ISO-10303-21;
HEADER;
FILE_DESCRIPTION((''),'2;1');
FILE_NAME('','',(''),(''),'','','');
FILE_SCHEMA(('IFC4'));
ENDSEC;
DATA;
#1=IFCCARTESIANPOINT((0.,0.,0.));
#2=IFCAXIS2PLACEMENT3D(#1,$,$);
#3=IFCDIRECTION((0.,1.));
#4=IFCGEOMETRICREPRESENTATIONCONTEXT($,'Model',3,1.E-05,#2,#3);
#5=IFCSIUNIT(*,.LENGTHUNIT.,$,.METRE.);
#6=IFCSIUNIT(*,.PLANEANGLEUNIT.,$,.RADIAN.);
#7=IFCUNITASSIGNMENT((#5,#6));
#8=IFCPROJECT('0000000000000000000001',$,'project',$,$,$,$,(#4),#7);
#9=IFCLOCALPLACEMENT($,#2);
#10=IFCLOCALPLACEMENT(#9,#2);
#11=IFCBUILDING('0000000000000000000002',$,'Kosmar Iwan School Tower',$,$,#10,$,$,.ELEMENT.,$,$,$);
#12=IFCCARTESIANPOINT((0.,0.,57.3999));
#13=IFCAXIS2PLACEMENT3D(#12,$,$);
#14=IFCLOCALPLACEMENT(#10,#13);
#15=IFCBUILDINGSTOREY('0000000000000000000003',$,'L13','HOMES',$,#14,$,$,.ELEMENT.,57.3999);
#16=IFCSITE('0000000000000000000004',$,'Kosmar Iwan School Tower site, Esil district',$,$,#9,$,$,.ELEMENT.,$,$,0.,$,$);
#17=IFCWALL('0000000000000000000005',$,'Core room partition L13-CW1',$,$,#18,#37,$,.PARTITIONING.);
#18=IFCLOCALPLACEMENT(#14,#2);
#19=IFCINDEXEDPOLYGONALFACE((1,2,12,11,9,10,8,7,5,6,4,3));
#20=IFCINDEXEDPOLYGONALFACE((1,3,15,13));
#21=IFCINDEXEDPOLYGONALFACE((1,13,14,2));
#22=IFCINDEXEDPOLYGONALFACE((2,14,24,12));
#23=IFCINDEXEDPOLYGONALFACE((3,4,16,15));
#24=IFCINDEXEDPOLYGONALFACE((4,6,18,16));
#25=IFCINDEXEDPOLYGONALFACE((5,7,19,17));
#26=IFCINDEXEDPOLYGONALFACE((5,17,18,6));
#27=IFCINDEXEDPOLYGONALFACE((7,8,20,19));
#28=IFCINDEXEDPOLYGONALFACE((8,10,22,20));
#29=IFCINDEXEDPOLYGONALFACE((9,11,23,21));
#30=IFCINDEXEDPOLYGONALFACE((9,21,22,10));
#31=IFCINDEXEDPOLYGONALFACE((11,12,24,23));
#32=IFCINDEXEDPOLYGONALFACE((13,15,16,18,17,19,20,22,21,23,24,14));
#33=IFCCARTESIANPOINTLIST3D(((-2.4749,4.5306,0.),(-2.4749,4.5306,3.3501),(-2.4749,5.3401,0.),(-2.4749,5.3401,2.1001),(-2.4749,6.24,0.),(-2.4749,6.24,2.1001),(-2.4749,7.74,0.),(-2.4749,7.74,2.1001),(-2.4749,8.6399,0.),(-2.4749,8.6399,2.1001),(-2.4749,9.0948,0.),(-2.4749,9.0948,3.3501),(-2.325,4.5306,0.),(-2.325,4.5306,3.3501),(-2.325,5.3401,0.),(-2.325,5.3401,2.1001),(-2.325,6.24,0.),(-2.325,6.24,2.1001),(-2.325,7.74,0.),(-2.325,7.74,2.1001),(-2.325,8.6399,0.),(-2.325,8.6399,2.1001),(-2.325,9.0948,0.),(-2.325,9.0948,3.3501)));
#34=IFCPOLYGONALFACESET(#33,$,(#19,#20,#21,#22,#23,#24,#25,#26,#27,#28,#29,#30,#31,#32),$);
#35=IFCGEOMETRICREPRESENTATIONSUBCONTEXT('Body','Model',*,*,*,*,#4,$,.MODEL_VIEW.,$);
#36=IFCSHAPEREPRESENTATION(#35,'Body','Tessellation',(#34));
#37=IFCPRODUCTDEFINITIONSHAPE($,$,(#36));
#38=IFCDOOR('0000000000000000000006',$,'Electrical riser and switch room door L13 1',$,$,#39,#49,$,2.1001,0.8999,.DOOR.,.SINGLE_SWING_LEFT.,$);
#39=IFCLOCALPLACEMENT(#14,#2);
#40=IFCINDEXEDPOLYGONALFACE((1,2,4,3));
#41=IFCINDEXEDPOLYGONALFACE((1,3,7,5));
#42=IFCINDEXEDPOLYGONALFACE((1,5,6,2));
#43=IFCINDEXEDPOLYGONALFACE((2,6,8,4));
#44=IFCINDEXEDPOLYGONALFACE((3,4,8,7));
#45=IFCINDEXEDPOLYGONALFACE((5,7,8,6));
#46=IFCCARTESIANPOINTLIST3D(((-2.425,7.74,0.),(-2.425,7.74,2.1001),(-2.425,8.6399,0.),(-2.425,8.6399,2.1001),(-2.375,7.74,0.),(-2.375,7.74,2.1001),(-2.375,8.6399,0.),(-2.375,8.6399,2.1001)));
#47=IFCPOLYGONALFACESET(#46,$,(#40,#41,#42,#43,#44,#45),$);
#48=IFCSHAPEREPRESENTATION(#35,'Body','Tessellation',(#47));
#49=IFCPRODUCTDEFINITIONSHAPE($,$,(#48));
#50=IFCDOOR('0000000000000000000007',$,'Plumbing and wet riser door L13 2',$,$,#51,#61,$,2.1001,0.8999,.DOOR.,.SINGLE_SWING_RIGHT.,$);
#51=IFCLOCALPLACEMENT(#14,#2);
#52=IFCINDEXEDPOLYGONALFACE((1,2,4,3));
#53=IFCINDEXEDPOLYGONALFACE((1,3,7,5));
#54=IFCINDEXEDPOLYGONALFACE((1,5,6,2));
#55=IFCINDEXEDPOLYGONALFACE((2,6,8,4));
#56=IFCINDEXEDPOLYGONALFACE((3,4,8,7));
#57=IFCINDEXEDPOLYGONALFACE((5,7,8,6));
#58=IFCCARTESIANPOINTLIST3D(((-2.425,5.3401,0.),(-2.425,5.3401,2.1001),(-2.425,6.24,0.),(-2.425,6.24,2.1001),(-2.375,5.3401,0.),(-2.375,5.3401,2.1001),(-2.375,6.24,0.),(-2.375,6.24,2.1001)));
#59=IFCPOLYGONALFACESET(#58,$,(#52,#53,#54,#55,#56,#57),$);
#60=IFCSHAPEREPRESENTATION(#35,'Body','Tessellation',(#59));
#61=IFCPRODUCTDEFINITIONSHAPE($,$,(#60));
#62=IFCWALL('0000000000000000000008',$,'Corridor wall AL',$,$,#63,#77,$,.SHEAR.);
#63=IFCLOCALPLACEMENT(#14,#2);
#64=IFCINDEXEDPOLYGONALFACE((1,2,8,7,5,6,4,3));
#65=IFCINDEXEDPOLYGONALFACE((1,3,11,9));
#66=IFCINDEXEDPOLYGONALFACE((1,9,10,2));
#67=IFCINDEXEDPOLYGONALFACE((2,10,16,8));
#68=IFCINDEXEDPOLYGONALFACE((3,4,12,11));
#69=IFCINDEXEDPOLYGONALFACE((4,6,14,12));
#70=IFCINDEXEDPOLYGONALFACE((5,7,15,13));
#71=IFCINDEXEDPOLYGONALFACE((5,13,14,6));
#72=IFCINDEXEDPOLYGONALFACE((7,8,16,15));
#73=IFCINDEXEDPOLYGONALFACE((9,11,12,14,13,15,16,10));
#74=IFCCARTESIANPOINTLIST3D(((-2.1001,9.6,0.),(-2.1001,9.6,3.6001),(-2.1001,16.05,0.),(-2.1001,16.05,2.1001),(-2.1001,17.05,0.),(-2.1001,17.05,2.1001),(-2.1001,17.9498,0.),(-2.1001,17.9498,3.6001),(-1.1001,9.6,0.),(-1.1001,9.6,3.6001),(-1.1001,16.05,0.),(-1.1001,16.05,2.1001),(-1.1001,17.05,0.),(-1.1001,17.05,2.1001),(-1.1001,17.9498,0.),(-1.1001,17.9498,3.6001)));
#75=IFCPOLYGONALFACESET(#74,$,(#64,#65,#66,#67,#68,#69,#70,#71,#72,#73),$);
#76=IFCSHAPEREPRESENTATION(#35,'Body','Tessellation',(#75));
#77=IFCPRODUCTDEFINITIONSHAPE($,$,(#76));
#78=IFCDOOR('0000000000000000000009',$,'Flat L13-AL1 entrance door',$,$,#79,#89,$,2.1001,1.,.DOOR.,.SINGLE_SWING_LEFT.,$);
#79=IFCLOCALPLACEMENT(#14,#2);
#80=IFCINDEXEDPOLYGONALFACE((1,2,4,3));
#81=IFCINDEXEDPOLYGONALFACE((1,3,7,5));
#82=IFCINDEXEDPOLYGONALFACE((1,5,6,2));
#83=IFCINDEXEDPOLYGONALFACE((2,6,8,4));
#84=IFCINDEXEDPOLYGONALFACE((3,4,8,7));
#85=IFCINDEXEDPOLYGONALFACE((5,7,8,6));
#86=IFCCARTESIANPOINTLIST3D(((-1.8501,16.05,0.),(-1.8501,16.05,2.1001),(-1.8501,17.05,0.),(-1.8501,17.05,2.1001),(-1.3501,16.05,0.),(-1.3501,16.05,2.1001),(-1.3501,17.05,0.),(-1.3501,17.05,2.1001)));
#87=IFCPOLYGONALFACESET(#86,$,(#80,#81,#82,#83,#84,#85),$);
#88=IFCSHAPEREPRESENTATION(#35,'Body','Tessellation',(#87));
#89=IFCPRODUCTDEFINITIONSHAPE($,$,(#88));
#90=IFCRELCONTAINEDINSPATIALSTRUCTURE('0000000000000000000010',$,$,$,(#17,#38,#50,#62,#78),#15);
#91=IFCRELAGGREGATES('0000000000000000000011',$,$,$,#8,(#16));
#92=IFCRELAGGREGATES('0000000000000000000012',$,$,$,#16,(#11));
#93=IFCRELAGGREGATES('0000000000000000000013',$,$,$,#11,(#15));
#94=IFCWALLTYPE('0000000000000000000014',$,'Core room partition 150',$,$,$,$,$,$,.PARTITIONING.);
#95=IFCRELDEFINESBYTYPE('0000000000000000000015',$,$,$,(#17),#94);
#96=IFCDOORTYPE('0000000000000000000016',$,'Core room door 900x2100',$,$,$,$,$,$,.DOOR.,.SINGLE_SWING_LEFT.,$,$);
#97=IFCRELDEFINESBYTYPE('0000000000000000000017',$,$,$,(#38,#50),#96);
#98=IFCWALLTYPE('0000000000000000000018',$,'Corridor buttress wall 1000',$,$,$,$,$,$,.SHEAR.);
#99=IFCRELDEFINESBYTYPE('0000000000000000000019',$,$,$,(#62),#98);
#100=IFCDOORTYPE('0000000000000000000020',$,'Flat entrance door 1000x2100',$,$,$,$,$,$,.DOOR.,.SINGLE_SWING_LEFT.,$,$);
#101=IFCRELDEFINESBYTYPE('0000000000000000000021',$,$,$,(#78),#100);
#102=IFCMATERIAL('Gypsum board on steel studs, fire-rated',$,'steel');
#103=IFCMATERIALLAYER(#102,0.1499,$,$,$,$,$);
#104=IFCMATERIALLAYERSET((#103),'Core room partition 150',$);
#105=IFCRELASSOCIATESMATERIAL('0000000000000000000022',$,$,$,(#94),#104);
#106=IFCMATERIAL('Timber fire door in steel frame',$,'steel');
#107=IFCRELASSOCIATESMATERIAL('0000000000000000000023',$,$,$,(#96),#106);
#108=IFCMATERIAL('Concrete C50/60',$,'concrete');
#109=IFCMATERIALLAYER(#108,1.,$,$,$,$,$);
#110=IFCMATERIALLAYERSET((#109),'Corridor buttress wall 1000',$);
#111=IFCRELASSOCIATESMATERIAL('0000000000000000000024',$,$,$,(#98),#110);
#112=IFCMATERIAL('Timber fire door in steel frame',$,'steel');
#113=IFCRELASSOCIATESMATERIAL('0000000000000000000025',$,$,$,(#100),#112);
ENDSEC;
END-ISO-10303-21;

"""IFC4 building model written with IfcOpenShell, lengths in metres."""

from ifc_helpers import new_model, si_unit, direction, frame, frame_2d, origin, place, context, subcontext, project, spatial, rectangle, extrude, material, layer, layer_set, type_object, element, fill, save


model = new_model("IFC4")

# Units and contexts
model_context = context("Model", 3, precision=1e-05, world=origin(), true_north=direction((0.0, 1.0)))
body_context = subcontext(model_context, "Body", "Model", "MODEL_VIEW")
ifc_project = project(units=[si_unit("LENGTHUNIT", "METRE"), si_unit("PLANEANGLEUNIT", "RADIAN")], contexts=[model_context])

# Site, building, storey
site_placement = place(None, origin())
site = spatial("IfcSite", under=ifc_project, at=site_placement, Name="Kosmar Iwan School Tower site, Esil district", CompositionType="ELEMENT", RefElevation=0.0)
building_placement = place(site_placement, origin())
building = spatial("IfcBuilding", under=site, at=building_placement, Name="Kosmar Iwan School Tower", CompositionType="ELEMENT")
storey_placement = place(building_placement, frame((0.0, 0.0, 57.3999)))
storey = spatial("IfcBuildingStorey", under=building, at=storey_placement, Name="L13", Description="HOMES", CompositionType="ELEMENT", Elevation=57.3999)

# Wall, openings, doors
ifc_material_1 = material(Name="Gypsum board on steel studs, fire-rated", Category="steel")
ifc_layer_1 = layer(ifc_material_1, 0.1499)
ifc_layer_set_1 = layer_set([ifc_layer_1], Name="Core room partition 150")
wall_type_1 = type_object("IfcWallType", Name="Core room partition 150", PredefinedType="PARTITIONING", material=ifc_layer_set_1)
wall_1_placement = place(storey_placement, frame((-2.3999, 9.095, 0.0), z_axis=(0.0, 0.0, 1.0), x_axis=(0.0, -1.0, 0.0)))
wall_1 = element("IfcWall", 1, at=wall_1_placement, inside=storey, type_object=wall_type_1, Name="Core room partition L13-CW1", PredefinedType="PARTITIONING", context=body_context, shape_type="SweptSolid", body=[
    extrude(rectangle(XDim=4.5642, YDim=0.1499, at=frame_2d((2.2822, 0.0))), origin(), (0.0, 0.0, 1.0), 3.3501),
])
opening_1_placement = place(wall_1_placement, frame((0.4551, 0.0, 0.0)))
opening_1 = element("IfcOpeningElement", 2, at=opening_1_placement, cuts=wall_1, PredefinedType="OPENING", context=body_context, shape_type="SweptSolid", body=[
    extrude(rectangle(XDim=0.8999, YDim=2.1001, at=frame_2d((0.45, 1.05))), frame((0.0, 0.0869, 0.0), z_axis=(0.0, -1.0, 0.0), x_axis=(1.0, 0.0, 0.0)), (0.0, 0.0, 1.0), 0.1738),
])
opening_2_placement = place(wall_1_placement, frame((2.855, 0.0, 0.0)))
opening_2 = element("IfcOpeningElement", 3, at=opening_2_placement, cuts=wall_1, PredefinedType="OPENING", context=body_context, shape_type="SweptSolid", body=[
    extrude(rectangle(XDim=0.8999, YDim=2.1001, at=frame_2d((0.45, 1.05))), frame((0.0, 0.0869, 0.0), z_axis=(0.0, -1.0, 0.0), x_axis=(1.0, 0.0, 0.0)), (0.0, 0.0, 1.0), 0.1738),
])
ifc_material_2 = material(Name="Timber fire door in steel frame", Category="steel")
door_type_1 = type_object("IfcDoorType", Name="Core room door 900x2100", OperationType="SINGLE_SWING_LEFT", PredefinedType="DOOR", material=ifc_material_2)
door_1_placement = place(opening_1_placement, origin())
door_1 = element("IfcDoor", 4, at=door_1_placement, inside=storey, type_object=door_type_1, Name="Electrical riser and switch room door L13 1", OperationType="SINGLE_SWING_LEFT", OverallHeight=2.1001, OverallWidth=0.8999, PredefinedType="DOOR", context=body_context, shape_type="SweptSolid", body=[
    extrude(rectangle(XDim=0.8999, YDim=2.1001, at=frame_2d((0.45, 1.05))), frame((0.0, 0.0249, 0.0), z_axis=(0.0, -1.0, 0.0), x_axis=(1.0, 0.0, 0.0)), (0.0, 0.0, 1.0), 0.05),
])
fill(opening_1, door_1)
door_2_placement = place(opening_2_placement, origin())
door_2 = element("IfcDoor", 5, at=door_2_placement, inside=storey, type_object=door_type_1, Name="Plumbing and wet riser door L13 2", OperationType="SINGLE_SWING_RIGHT", OverallHeight=2.1001, OverallWidth=0.8999, PredefinedType="DOOR", context=body_context, shape_type="SweptSolid", body=[
    extrude(rectangle(XDim=0.8999, YDim=2.1001, at=frame_2d((0.45, 1.05))), frame((0.0, 0.0249, 0.0), z_axis=(0.0, -1.0, 0.0), x_axis=(1.0, 0.0, 0.0)), (0.0, 0.0, 1.0), 0.05),
])
fill(opening_2, door_2)

# Wall, opening, door
ifc_material_3 = material(Name="Concrete C50/60", Category="concrete")
ifc_layer_2 = layer(ifc_material_3, 1.0)
ifc_layer_set_2 = layer_set([ifc_layer_2], Name="Corridor buttress wall 1000")
wall_type_2 = type_object("IfcWallType", Name="Corridor buttress wall 1000", PredefinedType="SHEAR", material=ifc_layer_set_2)
wall_2_placement = place(storey_placement, frame((-1.6001, 9.6001, 0.0), z_axis=(0.0, 0.0, 1.0), x_axis=(0.0, 1.0, 0.0)))
wall_2 = element("IfcWall", 6, at=wall_2_placement, inside=storey, type_object=wall_type_2, Name="Corridor wall AL", PredefinedType="SHEAR", context=body_context, shape_type="SweptSolid", body=[
    extrude(rectangle(XDim=8.3499, YDim=1.0, at=frame_2d((4.1748, 0.0))), origin(), (0.0, 0.0, 1.0), 3.6001),
])
opening_3_placement = place(wall_2_placement, frame((6.45, 0.0, 0.0)))
opening_3 = element("IfcOpeningElement", 7, at=opening_3_placement, cuts=wall_2, PredefinedType="OPENING", context=body_context, shape_type="SweptSolid", body=[
    extrude(rectangle(XDim=1.0, YDim=2.1001, at=frame_2d((0.5, 1.05))), frame((0.0, 0.512, 0.0), z_axis=(0.0, -1.0, 0.0), x_axis=(1.0, 0.0, 0.0)), (0.0, 0.0, 1.0), 1.0239),
])
ifc_material_4 = material(Name="Timber fire door in steel frame", Category="steel")
door_type_2 = type_object("IfcDoorType", Name="Flat entrance door 1000x2100", OperationType="SINGLE_SWING_LEFT", PredefinedType="DOOR", material=ifc_material_4)
door_3_placement = place(opening_3_placement, origin())
door_3 = element("IfcDoor", 8, at=door_3_placement, inside=storey, type_object=door_type_2, Name="Flat L13-AL1 entrance door", OperationType="SINGLE_SWING_LEFT", OverallHeight=2.1001, OverallWidth=1.0, PredefinedType="DOOR", context=body_context, shape_type="SweptSolid", body=[
    extrude(rectangle(XDim=1.0, YDim=2.1001, at=frame_2d((0.5, 1.05))), frame((0.0, 0.25, 0.0), z_axis=(0.0, -1.0, 0.0), x_axis=(1.0, 0.0, 0.0)), (0.0, 0.0, 1.0), 0.5),
])
fill(opening_3, door_3)

save(model, "model.ifc")
